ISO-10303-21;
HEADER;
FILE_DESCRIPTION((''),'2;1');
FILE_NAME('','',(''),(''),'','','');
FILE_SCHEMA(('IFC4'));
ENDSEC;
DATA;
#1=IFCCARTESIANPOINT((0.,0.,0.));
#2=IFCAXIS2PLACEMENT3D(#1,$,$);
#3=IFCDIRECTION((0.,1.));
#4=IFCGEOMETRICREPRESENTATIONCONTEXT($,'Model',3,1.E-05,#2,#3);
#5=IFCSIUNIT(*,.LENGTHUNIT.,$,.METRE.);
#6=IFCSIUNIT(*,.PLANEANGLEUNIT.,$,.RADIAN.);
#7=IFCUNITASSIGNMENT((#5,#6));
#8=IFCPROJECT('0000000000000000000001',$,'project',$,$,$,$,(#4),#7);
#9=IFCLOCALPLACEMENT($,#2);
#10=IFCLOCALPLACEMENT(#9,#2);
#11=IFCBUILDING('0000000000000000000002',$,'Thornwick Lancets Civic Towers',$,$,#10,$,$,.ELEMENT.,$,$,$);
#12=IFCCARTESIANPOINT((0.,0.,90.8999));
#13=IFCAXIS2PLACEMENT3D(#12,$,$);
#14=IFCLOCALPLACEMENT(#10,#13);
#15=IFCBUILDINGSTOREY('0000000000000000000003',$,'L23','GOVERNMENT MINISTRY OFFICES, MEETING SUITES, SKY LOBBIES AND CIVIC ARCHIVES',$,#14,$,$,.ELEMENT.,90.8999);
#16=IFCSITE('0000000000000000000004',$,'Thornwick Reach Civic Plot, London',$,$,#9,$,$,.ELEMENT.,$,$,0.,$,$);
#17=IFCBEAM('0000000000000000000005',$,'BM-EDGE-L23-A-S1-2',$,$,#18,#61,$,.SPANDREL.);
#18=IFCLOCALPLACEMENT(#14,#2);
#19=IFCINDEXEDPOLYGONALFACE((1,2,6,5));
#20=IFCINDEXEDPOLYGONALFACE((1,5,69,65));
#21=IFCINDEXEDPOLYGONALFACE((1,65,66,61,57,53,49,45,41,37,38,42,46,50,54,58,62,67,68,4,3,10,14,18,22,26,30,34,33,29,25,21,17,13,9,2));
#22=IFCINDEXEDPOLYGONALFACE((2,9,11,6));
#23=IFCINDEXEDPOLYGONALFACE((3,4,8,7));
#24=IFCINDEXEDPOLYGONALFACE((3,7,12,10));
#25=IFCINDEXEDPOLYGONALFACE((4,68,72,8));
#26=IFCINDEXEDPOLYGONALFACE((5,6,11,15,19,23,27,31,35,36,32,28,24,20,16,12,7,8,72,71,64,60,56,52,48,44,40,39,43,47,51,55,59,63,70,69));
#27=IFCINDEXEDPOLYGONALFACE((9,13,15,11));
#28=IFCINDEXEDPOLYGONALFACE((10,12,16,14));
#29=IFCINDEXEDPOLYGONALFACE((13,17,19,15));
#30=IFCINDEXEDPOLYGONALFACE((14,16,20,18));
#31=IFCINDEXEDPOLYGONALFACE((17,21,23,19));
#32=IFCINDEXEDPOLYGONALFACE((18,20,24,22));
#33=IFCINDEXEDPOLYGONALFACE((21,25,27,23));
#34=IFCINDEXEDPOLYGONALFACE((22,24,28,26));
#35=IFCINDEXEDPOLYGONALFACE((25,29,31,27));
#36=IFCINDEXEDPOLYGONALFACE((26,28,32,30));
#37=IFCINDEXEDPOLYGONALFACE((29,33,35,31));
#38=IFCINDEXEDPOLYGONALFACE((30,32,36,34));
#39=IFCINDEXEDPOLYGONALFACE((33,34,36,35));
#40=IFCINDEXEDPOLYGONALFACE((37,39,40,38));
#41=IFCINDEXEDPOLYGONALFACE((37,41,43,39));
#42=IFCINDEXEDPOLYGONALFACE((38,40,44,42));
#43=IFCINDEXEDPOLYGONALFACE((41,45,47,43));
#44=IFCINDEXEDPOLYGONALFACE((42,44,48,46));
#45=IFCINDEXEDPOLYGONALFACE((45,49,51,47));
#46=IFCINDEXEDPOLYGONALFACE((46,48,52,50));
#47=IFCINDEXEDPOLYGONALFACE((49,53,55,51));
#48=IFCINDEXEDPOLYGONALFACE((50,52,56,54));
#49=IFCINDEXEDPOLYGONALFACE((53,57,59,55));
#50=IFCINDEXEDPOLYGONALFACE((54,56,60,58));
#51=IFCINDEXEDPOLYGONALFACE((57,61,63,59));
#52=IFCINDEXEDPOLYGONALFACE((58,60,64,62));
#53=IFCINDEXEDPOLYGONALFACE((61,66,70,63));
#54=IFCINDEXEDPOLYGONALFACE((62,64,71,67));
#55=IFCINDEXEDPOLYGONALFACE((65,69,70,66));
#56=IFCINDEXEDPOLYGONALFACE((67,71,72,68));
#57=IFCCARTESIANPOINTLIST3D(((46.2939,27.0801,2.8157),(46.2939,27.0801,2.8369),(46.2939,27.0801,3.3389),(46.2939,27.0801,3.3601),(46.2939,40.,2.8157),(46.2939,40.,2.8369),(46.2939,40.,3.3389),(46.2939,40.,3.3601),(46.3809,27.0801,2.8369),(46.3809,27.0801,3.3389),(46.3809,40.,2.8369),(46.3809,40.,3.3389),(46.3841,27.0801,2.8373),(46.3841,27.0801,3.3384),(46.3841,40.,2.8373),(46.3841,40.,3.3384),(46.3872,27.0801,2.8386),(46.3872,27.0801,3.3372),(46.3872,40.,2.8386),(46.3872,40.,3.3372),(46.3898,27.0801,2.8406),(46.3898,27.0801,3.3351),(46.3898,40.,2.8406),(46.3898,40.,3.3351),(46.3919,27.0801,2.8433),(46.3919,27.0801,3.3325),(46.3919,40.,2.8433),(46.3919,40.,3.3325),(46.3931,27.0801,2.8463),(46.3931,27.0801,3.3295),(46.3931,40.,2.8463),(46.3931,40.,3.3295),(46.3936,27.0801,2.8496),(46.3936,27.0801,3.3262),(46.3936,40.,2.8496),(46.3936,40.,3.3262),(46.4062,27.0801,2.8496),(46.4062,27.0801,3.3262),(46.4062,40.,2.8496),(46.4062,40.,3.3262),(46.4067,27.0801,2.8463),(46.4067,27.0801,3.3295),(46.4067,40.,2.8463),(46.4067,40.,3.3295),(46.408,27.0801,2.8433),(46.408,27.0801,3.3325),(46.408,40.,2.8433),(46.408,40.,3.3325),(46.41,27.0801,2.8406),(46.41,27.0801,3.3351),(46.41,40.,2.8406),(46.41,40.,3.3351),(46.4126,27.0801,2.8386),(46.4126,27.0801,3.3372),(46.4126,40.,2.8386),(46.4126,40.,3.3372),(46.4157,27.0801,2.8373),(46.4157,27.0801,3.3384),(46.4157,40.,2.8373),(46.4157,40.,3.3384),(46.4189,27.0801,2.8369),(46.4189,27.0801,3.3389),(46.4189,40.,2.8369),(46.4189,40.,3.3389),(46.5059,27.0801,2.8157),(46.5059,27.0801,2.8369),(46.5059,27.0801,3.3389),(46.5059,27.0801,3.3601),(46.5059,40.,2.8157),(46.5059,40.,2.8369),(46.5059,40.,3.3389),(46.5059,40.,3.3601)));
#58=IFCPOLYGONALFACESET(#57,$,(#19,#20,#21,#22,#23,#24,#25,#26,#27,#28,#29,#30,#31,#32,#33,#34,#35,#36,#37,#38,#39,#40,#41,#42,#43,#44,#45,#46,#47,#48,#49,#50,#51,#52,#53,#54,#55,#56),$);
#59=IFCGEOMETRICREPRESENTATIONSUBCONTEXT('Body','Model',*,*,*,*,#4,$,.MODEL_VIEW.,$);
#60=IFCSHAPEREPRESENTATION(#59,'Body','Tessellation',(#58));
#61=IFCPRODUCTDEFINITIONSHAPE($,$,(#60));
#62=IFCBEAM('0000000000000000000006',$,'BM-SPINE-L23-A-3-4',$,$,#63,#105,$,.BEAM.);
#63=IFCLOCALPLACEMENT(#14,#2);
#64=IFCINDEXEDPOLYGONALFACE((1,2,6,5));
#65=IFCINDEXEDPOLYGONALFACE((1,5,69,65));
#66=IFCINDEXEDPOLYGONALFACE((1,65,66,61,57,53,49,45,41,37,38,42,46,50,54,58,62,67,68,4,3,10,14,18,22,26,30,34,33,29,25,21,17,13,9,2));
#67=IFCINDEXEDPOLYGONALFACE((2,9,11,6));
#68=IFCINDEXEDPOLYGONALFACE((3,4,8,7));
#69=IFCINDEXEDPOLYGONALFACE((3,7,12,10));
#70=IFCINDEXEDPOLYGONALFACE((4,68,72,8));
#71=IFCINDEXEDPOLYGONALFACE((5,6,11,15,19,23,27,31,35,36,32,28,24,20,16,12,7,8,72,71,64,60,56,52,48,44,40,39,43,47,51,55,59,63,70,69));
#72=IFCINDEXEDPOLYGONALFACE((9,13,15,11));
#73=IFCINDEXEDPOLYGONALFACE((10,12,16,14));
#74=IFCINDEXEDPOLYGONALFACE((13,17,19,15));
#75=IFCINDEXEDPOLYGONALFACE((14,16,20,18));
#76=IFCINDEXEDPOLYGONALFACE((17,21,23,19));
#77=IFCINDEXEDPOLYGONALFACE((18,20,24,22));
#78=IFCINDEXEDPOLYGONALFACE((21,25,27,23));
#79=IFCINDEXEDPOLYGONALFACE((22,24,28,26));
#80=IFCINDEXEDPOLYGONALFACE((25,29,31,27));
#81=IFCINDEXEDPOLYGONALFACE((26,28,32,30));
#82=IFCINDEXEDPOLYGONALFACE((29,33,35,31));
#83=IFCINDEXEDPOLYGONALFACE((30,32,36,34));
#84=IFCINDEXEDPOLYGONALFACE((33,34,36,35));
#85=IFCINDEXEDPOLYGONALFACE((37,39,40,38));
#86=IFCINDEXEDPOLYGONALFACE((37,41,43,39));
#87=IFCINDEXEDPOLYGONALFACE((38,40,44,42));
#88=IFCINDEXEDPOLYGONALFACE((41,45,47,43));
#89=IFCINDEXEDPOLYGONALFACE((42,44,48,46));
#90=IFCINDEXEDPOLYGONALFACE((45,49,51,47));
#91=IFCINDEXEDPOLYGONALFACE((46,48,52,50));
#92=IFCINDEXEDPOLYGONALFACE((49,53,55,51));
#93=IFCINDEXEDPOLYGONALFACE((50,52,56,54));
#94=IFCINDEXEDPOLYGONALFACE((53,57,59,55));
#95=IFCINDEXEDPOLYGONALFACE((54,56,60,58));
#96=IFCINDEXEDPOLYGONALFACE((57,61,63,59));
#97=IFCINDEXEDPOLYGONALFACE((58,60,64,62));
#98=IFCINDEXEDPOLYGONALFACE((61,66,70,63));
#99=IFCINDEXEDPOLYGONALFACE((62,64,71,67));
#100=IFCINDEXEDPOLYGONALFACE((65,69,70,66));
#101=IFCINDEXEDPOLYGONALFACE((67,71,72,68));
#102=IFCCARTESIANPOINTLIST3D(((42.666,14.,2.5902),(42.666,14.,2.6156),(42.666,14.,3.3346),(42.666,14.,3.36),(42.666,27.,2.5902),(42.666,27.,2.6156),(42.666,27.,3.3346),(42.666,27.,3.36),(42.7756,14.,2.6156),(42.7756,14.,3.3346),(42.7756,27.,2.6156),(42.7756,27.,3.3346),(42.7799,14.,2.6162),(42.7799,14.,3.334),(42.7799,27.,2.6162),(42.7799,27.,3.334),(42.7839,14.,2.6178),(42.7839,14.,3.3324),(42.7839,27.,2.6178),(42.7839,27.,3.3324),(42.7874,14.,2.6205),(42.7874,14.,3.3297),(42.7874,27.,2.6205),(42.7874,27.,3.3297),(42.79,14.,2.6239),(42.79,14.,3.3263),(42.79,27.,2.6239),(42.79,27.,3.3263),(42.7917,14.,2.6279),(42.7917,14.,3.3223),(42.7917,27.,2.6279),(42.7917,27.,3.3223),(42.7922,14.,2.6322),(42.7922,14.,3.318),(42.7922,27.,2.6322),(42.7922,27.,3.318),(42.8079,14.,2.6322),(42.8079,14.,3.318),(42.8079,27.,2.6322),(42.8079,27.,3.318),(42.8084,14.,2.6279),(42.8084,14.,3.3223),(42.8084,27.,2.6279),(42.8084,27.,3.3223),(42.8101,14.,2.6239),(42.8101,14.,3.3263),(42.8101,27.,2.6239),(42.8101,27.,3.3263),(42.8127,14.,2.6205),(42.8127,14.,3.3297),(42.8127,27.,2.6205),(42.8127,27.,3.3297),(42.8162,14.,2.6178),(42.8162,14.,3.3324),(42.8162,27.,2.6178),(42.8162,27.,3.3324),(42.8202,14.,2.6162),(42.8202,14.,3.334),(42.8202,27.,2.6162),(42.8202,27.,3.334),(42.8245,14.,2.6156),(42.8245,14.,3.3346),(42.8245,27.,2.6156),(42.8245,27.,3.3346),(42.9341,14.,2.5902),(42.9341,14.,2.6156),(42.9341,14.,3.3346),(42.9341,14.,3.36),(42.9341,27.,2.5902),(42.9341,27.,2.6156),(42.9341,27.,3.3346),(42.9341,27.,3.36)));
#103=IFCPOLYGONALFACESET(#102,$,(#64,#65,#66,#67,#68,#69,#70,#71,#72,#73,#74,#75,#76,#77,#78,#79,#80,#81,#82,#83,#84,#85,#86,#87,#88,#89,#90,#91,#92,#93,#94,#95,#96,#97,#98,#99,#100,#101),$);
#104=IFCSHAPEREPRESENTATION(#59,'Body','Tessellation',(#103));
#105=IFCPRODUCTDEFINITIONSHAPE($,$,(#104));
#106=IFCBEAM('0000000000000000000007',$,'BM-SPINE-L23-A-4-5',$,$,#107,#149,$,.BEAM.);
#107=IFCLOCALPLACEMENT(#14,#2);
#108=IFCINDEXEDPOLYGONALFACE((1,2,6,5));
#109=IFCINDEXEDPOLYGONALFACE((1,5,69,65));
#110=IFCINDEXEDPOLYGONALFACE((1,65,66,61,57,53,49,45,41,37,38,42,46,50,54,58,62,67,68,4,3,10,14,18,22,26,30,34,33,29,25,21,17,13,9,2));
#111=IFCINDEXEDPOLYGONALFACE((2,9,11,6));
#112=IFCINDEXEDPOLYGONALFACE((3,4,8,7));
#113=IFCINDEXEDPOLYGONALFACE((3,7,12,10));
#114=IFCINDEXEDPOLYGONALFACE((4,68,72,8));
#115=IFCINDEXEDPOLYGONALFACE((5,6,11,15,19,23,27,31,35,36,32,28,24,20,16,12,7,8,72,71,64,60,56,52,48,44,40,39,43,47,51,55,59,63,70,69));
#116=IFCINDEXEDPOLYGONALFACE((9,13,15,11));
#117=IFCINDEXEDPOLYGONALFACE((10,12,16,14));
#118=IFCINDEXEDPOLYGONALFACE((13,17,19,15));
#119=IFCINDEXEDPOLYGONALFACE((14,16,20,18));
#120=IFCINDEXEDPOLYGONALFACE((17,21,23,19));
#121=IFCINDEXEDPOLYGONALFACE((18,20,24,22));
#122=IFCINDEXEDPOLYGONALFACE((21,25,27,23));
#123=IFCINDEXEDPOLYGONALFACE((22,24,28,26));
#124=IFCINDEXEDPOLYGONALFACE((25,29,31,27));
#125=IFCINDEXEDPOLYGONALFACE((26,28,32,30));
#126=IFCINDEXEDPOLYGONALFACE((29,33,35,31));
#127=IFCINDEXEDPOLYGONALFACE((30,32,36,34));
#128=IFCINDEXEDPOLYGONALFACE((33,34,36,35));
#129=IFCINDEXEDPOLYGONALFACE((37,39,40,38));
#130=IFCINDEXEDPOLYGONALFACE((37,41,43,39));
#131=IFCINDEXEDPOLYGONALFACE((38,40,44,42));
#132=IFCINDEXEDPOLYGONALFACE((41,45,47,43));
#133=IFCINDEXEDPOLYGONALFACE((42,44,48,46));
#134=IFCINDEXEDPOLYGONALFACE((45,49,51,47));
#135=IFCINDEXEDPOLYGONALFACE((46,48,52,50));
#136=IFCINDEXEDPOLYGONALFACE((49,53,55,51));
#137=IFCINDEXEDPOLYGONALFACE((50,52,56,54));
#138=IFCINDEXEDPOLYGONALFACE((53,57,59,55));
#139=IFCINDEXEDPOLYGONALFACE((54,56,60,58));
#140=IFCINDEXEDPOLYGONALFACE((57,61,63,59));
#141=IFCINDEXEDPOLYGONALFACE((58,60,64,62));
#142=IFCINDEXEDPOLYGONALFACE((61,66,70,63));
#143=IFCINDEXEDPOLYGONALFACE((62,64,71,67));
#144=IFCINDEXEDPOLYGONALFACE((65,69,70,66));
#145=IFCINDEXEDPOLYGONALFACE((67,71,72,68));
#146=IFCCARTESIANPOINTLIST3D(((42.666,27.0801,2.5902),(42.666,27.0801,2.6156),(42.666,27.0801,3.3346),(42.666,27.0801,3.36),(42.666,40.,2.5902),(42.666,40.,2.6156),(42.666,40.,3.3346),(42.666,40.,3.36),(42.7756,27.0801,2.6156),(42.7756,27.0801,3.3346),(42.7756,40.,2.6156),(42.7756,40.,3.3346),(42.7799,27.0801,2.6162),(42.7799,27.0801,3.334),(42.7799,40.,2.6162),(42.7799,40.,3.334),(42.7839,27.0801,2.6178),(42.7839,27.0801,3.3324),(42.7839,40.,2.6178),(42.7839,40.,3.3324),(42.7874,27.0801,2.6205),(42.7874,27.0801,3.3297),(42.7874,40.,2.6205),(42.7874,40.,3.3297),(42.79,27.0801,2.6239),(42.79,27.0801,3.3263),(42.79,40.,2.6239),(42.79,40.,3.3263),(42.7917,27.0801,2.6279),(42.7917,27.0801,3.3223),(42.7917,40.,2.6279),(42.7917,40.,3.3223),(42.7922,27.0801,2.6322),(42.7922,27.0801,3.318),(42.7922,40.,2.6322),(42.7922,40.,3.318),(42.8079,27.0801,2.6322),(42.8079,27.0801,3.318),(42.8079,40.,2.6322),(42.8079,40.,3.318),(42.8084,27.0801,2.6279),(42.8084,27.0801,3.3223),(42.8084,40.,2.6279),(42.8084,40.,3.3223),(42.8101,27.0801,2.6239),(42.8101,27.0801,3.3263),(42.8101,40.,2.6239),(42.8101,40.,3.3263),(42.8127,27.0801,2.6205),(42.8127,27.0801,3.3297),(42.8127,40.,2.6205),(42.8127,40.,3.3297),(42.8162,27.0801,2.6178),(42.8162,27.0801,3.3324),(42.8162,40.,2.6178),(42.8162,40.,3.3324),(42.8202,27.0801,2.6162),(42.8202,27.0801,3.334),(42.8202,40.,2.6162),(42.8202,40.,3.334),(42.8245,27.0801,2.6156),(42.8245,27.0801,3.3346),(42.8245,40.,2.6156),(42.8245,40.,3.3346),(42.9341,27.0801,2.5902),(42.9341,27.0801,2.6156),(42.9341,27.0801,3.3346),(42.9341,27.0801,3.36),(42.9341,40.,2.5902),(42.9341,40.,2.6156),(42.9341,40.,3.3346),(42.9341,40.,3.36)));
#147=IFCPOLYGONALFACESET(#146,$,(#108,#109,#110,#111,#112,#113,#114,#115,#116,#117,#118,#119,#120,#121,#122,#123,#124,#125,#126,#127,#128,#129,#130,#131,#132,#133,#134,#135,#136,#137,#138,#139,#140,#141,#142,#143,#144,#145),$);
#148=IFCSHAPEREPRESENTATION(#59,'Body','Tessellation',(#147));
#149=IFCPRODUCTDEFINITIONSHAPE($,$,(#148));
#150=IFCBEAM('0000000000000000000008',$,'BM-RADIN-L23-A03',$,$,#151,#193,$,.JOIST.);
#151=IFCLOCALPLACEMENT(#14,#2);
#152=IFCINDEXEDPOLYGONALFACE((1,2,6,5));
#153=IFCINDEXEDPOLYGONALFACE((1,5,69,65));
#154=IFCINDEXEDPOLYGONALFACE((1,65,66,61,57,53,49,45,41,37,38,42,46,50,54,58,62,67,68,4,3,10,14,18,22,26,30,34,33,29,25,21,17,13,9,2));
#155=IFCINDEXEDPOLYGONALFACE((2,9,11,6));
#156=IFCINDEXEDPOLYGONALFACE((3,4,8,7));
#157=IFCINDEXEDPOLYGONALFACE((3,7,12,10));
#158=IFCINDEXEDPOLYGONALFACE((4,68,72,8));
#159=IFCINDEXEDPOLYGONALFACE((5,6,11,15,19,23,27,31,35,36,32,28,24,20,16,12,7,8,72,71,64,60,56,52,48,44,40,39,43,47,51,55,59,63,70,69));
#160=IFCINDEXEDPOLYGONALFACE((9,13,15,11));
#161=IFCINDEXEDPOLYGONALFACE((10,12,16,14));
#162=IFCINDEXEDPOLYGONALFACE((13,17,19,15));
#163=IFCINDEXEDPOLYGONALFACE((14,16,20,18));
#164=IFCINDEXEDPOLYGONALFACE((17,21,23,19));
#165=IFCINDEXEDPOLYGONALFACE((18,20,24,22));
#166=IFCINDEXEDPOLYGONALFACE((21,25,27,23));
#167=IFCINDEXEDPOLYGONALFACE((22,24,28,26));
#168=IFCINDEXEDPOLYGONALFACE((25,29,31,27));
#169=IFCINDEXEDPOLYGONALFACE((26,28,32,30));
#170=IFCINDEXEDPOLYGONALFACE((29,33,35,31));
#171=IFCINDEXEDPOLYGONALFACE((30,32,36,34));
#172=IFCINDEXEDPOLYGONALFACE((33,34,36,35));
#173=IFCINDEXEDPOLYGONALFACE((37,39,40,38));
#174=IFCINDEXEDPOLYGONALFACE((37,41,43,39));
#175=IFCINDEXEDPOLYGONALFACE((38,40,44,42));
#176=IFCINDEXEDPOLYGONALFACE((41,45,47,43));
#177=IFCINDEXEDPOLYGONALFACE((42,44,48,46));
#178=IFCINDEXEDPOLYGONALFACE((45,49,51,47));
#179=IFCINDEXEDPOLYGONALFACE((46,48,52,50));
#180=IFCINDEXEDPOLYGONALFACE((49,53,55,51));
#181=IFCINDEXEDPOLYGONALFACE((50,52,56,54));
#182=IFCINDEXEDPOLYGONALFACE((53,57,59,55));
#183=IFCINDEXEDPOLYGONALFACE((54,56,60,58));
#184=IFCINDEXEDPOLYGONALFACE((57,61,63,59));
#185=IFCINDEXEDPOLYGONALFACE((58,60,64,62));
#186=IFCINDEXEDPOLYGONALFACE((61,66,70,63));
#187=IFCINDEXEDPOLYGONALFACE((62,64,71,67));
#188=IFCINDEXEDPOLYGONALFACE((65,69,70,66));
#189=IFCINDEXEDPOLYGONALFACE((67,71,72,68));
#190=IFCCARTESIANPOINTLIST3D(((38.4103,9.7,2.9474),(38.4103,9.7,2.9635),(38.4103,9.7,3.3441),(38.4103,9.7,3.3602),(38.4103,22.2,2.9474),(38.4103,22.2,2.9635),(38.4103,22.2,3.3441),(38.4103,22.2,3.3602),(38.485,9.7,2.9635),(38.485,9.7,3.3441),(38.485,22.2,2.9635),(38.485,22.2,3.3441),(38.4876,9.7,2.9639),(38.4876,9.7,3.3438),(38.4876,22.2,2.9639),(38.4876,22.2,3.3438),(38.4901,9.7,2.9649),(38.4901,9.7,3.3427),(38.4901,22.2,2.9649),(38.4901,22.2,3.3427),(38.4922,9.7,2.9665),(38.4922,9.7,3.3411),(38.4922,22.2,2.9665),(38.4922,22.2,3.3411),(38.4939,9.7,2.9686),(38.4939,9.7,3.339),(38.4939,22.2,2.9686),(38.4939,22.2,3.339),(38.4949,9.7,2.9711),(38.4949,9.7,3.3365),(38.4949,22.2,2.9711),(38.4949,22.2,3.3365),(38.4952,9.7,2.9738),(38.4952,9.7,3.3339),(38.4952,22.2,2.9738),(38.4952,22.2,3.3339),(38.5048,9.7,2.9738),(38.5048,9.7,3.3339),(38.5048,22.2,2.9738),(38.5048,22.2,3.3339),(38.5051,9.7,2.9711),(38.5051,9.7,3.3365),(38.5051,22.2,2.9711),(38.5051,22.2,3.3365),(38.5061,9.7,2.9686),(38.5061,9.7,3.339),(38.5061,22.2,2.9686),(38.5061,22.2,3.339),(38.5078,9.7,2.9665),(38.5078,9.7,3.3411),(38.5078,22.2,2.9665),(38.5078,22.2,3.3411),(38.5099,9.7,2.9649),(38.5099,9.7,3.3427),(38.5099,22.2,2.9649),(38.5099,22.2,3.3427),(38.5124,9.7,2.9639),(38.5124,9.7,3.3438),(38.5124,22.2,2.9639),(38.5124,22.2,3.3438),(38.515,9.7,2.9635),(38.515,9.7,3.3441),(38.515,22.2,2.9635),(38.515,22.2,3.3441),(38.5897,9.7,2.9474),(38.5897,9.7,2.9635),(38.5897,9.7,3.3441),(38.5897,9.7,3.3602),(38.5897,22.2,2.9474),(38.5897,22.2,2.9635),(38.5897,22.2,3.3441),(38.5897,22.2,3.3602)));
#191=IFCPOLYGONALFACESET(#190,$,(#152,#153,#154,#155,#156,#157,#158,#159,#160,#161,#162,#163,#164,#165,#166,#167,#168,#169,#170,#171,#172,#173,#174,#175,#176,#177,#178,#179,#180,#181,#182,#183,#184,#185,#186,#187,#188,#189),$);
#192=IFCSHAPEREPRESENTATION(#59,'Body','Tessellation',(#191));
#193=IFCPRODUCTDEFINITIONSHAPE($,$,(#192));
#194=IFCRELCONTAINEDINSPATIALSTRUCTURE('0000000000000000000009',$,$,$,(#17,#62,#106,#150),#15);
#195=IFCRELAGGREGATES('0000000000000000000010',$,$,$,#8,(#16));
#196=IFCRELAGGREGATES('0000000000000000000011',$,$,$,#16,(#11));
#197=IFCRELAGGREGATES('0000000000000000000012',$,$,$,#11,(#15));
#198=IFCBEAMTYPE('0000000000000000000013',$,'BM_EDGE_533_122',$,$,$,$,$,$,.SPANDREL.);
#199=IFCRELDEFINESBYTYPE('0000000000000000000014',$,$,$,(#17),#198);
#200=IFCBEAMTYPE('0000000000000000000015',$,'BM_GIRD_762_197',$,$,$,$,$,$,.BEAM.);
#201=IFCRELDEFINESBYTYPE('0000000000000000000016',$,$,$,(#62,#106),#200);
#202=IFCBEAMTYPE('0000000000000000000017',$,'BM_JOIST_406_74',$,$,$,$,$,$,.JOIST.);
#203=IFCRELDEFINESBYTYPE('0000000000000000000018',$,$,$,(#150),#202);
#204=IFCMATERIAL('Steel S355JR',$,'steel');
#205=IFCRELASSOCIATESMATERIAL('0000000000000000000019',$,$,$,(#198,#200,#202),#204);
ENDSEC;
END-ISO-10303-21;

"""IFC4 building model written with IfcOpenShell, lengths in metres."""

from ifc_helpers import new_model, si_unit, direction, frame, origin, origin_2d, place, context, subcontext, project, spatial, i_section, extrude, material, material_profile, profile_set, type_object, element, save


model = new_model("IFC4")

# Units and contexts
model_context = context("Model", 3, precision=1e-05, world=origin(), true_north=direction((0.0, 1.0)))
body_context = subcontext(model_context, "Body", "Model", "MODEL_VIEW")
ifc_project = project(units=[si_unit("LENGTHUNIT", "METRE"), si_unit("PLANEANGLEUNIT", "RADIAN")], contexts=[model_context])

# Site, building, storey
site_placement = place(None, origin())
site = spatial("IfcSite", under=ifc_project, at=site_placement, Name="Thornwick Reach Civic Plot, London", CompositionType="ELEMENT", RefElevation=0.0)
building_placement = place(site_placement, origin())
building = spatial("IfcBuilding", under=site, at=building_placement, Name="Thornwick Lancets Civic Towers", CompositionType="ELEMENT")
storey_placement = place(building_placement, frame((0.0, 0.0, 90.8999)))
storey = spatial("IfcBuildingStorey", under=building, at=storey_placement, Name="L23", Description="GOVERNMENT MINISTRY OFFICES, MEETING SUITES, SKY LOBBIES AND CIVIC ARCHIVES", CompositionType="ELEMENT", Elevation=90.8999)

# Beams
ifc_material_1 = material(Name="Steel S355JR", Category="steel")
ifc_material_profile_1 = material_profile(ifc_material_1, i_section(OverallWidth=0.2119, OverallDepth=0.5444, WebThickness=0.0127, FlangeThickness=0.0212, FilletRadius=0.0127, at=origin_2d()), Name="UKB 533x210x122")
ifc_profile_set_1 = profile_set([ifc_material_profile_1], Name="Steel S355JR")
beam_type_1 = type_object("IfcBeamType", Name="BM_EDGE_533_122", PredefinedType="SPANDREL", material=ifc_profile_set_1)
beam_1_placement = place(storey_placement, frame((46.3999, 27.0801, 3.0879), z_axis=(0.0, 1.0, 0.0), x_axis=(-1.0, 0.0, 0.0)))
element("IfcBeam", 1, at=beam_1_placement, inside=storey, type_object=beam_type_1, Name="BM-EDGE-L23-A-S1-2", PredefinedType="SPANDREL", context=body_context, shape_type="SweptSolid", body=[
    extrude(i_section(OverallWidth=0.2119, OverallDepth=0.5444, WebThickness=0.0127, FlangeThickness=0.0212, FilletRadius=0.0127, at=origin_2d()), origin(), (0.0, 0.0, 1.0), 12.9199),
])
ifc_material_profile_2 = material_profile(ifc_material_1, i_section(OverallWidth=0.2681, OverallDepth=0.7698, WebThickness=0.0156, FlangeThickness=0.0254, FilletRadius=0.0166, at=origin_2d()), Name="UKB 762x267x197")
ifc_profile_set_2 = profile_set([ifc_material_profile_2], Name="Steel S355JR")
beam_type_2 = type_object("IfcBeamType", Name="BM_GIRD_762_197", PredefinedType="BEAM", material=ifc_profile_set_2)
beam_2_placement = place(storey_placement, frame((42.8, 14.0, 2.9751), z_axis=(0.0, 1.0, 0.0), x_axis=(-1.0, 0.0, 0.0)))
element("IfcBeam", 2, at=beam_2_placement, inside=storey, type_object=beam_type_2, Name="BM-SPINE-L23-A-3-4", PredefinedType="BEAM", context=body_context, shape_type="SweptSolid", body=[
    extrude(i_section(OverallWidth=0.2681, OverallDepth=0.7698, WebThickness=0.0156, FlangeThickness=0.0254, FilletRadius=0.0166, at=origin_2d()), origin(), (0.0, 0.0, 1.0), 13.0),
])
beam_3_placement = place(storey_placement, frame((42.8, 27.0801, 2.9751), z_axis=(0.0, 1.0, 0.0), x_axis=(-1.0, 0.0, 0.0)))
element("IfcBeam", 3, at=beam_3_placement, inside=storey, type_object=beam_type_2, Name="BM-SPINE-L23-A-4-5", PredefinedType="BEAM", context=body_context, shape_type="SweptSolid", body=[
    extrude(i_section(OverallWidth=0.2681, OverallDepth=0.7698, WebThickness=0.0156, FlangeThickness=0.0254, FilletRadius=0.0166, at=origin_2d()), origin(), (0.0, 0.0, 1.0), 12.9199),
])
ifc_material_profile_3 = material_profile(ifc_material_1, i_section(OverallWidth=0.1794, OverallDepth=0.4128, WebThickness=0.0095, FlangeThickness=0.0161, FilletRadius=0.0103, at=origin_2d()), Name="UKB 406x178x74")
ifc_profile_set_3 = profile_set([ifc_material_profile_3], Name="Steel S355JR")
beam_type_3 = type_object("IfcBeamType", Name="BM_JOIST_406_74", PredefinedType="JOIST", material=ifc_profile_set_3)
beam_4_placement = place(storey_placement, frame((38.5, 22.2, 3.1538), z_axis=(0.0, -1.0, 0.0), x_axis=(1.0, 0.0, 0.0)))
element("IfcBeam", 4, at=beam_4_placement, inside=storey, type_object=beam_type_3, Name="BM-RADIN-L23-A03", PredefinedType="JOIST", context=body_context, shape_type="SweptSolid", body=[
    extrude(i_section(OverallWidth=0.1794, OverallDepth=0.4128, WebThickness=0.0095, FlangeThickness=0.0161, FilletRadius=0.0103, at=origin_2d()), origin(), (0.0, 0.0, 1.0), 12.5),
])

save(model, "model.ifc")
